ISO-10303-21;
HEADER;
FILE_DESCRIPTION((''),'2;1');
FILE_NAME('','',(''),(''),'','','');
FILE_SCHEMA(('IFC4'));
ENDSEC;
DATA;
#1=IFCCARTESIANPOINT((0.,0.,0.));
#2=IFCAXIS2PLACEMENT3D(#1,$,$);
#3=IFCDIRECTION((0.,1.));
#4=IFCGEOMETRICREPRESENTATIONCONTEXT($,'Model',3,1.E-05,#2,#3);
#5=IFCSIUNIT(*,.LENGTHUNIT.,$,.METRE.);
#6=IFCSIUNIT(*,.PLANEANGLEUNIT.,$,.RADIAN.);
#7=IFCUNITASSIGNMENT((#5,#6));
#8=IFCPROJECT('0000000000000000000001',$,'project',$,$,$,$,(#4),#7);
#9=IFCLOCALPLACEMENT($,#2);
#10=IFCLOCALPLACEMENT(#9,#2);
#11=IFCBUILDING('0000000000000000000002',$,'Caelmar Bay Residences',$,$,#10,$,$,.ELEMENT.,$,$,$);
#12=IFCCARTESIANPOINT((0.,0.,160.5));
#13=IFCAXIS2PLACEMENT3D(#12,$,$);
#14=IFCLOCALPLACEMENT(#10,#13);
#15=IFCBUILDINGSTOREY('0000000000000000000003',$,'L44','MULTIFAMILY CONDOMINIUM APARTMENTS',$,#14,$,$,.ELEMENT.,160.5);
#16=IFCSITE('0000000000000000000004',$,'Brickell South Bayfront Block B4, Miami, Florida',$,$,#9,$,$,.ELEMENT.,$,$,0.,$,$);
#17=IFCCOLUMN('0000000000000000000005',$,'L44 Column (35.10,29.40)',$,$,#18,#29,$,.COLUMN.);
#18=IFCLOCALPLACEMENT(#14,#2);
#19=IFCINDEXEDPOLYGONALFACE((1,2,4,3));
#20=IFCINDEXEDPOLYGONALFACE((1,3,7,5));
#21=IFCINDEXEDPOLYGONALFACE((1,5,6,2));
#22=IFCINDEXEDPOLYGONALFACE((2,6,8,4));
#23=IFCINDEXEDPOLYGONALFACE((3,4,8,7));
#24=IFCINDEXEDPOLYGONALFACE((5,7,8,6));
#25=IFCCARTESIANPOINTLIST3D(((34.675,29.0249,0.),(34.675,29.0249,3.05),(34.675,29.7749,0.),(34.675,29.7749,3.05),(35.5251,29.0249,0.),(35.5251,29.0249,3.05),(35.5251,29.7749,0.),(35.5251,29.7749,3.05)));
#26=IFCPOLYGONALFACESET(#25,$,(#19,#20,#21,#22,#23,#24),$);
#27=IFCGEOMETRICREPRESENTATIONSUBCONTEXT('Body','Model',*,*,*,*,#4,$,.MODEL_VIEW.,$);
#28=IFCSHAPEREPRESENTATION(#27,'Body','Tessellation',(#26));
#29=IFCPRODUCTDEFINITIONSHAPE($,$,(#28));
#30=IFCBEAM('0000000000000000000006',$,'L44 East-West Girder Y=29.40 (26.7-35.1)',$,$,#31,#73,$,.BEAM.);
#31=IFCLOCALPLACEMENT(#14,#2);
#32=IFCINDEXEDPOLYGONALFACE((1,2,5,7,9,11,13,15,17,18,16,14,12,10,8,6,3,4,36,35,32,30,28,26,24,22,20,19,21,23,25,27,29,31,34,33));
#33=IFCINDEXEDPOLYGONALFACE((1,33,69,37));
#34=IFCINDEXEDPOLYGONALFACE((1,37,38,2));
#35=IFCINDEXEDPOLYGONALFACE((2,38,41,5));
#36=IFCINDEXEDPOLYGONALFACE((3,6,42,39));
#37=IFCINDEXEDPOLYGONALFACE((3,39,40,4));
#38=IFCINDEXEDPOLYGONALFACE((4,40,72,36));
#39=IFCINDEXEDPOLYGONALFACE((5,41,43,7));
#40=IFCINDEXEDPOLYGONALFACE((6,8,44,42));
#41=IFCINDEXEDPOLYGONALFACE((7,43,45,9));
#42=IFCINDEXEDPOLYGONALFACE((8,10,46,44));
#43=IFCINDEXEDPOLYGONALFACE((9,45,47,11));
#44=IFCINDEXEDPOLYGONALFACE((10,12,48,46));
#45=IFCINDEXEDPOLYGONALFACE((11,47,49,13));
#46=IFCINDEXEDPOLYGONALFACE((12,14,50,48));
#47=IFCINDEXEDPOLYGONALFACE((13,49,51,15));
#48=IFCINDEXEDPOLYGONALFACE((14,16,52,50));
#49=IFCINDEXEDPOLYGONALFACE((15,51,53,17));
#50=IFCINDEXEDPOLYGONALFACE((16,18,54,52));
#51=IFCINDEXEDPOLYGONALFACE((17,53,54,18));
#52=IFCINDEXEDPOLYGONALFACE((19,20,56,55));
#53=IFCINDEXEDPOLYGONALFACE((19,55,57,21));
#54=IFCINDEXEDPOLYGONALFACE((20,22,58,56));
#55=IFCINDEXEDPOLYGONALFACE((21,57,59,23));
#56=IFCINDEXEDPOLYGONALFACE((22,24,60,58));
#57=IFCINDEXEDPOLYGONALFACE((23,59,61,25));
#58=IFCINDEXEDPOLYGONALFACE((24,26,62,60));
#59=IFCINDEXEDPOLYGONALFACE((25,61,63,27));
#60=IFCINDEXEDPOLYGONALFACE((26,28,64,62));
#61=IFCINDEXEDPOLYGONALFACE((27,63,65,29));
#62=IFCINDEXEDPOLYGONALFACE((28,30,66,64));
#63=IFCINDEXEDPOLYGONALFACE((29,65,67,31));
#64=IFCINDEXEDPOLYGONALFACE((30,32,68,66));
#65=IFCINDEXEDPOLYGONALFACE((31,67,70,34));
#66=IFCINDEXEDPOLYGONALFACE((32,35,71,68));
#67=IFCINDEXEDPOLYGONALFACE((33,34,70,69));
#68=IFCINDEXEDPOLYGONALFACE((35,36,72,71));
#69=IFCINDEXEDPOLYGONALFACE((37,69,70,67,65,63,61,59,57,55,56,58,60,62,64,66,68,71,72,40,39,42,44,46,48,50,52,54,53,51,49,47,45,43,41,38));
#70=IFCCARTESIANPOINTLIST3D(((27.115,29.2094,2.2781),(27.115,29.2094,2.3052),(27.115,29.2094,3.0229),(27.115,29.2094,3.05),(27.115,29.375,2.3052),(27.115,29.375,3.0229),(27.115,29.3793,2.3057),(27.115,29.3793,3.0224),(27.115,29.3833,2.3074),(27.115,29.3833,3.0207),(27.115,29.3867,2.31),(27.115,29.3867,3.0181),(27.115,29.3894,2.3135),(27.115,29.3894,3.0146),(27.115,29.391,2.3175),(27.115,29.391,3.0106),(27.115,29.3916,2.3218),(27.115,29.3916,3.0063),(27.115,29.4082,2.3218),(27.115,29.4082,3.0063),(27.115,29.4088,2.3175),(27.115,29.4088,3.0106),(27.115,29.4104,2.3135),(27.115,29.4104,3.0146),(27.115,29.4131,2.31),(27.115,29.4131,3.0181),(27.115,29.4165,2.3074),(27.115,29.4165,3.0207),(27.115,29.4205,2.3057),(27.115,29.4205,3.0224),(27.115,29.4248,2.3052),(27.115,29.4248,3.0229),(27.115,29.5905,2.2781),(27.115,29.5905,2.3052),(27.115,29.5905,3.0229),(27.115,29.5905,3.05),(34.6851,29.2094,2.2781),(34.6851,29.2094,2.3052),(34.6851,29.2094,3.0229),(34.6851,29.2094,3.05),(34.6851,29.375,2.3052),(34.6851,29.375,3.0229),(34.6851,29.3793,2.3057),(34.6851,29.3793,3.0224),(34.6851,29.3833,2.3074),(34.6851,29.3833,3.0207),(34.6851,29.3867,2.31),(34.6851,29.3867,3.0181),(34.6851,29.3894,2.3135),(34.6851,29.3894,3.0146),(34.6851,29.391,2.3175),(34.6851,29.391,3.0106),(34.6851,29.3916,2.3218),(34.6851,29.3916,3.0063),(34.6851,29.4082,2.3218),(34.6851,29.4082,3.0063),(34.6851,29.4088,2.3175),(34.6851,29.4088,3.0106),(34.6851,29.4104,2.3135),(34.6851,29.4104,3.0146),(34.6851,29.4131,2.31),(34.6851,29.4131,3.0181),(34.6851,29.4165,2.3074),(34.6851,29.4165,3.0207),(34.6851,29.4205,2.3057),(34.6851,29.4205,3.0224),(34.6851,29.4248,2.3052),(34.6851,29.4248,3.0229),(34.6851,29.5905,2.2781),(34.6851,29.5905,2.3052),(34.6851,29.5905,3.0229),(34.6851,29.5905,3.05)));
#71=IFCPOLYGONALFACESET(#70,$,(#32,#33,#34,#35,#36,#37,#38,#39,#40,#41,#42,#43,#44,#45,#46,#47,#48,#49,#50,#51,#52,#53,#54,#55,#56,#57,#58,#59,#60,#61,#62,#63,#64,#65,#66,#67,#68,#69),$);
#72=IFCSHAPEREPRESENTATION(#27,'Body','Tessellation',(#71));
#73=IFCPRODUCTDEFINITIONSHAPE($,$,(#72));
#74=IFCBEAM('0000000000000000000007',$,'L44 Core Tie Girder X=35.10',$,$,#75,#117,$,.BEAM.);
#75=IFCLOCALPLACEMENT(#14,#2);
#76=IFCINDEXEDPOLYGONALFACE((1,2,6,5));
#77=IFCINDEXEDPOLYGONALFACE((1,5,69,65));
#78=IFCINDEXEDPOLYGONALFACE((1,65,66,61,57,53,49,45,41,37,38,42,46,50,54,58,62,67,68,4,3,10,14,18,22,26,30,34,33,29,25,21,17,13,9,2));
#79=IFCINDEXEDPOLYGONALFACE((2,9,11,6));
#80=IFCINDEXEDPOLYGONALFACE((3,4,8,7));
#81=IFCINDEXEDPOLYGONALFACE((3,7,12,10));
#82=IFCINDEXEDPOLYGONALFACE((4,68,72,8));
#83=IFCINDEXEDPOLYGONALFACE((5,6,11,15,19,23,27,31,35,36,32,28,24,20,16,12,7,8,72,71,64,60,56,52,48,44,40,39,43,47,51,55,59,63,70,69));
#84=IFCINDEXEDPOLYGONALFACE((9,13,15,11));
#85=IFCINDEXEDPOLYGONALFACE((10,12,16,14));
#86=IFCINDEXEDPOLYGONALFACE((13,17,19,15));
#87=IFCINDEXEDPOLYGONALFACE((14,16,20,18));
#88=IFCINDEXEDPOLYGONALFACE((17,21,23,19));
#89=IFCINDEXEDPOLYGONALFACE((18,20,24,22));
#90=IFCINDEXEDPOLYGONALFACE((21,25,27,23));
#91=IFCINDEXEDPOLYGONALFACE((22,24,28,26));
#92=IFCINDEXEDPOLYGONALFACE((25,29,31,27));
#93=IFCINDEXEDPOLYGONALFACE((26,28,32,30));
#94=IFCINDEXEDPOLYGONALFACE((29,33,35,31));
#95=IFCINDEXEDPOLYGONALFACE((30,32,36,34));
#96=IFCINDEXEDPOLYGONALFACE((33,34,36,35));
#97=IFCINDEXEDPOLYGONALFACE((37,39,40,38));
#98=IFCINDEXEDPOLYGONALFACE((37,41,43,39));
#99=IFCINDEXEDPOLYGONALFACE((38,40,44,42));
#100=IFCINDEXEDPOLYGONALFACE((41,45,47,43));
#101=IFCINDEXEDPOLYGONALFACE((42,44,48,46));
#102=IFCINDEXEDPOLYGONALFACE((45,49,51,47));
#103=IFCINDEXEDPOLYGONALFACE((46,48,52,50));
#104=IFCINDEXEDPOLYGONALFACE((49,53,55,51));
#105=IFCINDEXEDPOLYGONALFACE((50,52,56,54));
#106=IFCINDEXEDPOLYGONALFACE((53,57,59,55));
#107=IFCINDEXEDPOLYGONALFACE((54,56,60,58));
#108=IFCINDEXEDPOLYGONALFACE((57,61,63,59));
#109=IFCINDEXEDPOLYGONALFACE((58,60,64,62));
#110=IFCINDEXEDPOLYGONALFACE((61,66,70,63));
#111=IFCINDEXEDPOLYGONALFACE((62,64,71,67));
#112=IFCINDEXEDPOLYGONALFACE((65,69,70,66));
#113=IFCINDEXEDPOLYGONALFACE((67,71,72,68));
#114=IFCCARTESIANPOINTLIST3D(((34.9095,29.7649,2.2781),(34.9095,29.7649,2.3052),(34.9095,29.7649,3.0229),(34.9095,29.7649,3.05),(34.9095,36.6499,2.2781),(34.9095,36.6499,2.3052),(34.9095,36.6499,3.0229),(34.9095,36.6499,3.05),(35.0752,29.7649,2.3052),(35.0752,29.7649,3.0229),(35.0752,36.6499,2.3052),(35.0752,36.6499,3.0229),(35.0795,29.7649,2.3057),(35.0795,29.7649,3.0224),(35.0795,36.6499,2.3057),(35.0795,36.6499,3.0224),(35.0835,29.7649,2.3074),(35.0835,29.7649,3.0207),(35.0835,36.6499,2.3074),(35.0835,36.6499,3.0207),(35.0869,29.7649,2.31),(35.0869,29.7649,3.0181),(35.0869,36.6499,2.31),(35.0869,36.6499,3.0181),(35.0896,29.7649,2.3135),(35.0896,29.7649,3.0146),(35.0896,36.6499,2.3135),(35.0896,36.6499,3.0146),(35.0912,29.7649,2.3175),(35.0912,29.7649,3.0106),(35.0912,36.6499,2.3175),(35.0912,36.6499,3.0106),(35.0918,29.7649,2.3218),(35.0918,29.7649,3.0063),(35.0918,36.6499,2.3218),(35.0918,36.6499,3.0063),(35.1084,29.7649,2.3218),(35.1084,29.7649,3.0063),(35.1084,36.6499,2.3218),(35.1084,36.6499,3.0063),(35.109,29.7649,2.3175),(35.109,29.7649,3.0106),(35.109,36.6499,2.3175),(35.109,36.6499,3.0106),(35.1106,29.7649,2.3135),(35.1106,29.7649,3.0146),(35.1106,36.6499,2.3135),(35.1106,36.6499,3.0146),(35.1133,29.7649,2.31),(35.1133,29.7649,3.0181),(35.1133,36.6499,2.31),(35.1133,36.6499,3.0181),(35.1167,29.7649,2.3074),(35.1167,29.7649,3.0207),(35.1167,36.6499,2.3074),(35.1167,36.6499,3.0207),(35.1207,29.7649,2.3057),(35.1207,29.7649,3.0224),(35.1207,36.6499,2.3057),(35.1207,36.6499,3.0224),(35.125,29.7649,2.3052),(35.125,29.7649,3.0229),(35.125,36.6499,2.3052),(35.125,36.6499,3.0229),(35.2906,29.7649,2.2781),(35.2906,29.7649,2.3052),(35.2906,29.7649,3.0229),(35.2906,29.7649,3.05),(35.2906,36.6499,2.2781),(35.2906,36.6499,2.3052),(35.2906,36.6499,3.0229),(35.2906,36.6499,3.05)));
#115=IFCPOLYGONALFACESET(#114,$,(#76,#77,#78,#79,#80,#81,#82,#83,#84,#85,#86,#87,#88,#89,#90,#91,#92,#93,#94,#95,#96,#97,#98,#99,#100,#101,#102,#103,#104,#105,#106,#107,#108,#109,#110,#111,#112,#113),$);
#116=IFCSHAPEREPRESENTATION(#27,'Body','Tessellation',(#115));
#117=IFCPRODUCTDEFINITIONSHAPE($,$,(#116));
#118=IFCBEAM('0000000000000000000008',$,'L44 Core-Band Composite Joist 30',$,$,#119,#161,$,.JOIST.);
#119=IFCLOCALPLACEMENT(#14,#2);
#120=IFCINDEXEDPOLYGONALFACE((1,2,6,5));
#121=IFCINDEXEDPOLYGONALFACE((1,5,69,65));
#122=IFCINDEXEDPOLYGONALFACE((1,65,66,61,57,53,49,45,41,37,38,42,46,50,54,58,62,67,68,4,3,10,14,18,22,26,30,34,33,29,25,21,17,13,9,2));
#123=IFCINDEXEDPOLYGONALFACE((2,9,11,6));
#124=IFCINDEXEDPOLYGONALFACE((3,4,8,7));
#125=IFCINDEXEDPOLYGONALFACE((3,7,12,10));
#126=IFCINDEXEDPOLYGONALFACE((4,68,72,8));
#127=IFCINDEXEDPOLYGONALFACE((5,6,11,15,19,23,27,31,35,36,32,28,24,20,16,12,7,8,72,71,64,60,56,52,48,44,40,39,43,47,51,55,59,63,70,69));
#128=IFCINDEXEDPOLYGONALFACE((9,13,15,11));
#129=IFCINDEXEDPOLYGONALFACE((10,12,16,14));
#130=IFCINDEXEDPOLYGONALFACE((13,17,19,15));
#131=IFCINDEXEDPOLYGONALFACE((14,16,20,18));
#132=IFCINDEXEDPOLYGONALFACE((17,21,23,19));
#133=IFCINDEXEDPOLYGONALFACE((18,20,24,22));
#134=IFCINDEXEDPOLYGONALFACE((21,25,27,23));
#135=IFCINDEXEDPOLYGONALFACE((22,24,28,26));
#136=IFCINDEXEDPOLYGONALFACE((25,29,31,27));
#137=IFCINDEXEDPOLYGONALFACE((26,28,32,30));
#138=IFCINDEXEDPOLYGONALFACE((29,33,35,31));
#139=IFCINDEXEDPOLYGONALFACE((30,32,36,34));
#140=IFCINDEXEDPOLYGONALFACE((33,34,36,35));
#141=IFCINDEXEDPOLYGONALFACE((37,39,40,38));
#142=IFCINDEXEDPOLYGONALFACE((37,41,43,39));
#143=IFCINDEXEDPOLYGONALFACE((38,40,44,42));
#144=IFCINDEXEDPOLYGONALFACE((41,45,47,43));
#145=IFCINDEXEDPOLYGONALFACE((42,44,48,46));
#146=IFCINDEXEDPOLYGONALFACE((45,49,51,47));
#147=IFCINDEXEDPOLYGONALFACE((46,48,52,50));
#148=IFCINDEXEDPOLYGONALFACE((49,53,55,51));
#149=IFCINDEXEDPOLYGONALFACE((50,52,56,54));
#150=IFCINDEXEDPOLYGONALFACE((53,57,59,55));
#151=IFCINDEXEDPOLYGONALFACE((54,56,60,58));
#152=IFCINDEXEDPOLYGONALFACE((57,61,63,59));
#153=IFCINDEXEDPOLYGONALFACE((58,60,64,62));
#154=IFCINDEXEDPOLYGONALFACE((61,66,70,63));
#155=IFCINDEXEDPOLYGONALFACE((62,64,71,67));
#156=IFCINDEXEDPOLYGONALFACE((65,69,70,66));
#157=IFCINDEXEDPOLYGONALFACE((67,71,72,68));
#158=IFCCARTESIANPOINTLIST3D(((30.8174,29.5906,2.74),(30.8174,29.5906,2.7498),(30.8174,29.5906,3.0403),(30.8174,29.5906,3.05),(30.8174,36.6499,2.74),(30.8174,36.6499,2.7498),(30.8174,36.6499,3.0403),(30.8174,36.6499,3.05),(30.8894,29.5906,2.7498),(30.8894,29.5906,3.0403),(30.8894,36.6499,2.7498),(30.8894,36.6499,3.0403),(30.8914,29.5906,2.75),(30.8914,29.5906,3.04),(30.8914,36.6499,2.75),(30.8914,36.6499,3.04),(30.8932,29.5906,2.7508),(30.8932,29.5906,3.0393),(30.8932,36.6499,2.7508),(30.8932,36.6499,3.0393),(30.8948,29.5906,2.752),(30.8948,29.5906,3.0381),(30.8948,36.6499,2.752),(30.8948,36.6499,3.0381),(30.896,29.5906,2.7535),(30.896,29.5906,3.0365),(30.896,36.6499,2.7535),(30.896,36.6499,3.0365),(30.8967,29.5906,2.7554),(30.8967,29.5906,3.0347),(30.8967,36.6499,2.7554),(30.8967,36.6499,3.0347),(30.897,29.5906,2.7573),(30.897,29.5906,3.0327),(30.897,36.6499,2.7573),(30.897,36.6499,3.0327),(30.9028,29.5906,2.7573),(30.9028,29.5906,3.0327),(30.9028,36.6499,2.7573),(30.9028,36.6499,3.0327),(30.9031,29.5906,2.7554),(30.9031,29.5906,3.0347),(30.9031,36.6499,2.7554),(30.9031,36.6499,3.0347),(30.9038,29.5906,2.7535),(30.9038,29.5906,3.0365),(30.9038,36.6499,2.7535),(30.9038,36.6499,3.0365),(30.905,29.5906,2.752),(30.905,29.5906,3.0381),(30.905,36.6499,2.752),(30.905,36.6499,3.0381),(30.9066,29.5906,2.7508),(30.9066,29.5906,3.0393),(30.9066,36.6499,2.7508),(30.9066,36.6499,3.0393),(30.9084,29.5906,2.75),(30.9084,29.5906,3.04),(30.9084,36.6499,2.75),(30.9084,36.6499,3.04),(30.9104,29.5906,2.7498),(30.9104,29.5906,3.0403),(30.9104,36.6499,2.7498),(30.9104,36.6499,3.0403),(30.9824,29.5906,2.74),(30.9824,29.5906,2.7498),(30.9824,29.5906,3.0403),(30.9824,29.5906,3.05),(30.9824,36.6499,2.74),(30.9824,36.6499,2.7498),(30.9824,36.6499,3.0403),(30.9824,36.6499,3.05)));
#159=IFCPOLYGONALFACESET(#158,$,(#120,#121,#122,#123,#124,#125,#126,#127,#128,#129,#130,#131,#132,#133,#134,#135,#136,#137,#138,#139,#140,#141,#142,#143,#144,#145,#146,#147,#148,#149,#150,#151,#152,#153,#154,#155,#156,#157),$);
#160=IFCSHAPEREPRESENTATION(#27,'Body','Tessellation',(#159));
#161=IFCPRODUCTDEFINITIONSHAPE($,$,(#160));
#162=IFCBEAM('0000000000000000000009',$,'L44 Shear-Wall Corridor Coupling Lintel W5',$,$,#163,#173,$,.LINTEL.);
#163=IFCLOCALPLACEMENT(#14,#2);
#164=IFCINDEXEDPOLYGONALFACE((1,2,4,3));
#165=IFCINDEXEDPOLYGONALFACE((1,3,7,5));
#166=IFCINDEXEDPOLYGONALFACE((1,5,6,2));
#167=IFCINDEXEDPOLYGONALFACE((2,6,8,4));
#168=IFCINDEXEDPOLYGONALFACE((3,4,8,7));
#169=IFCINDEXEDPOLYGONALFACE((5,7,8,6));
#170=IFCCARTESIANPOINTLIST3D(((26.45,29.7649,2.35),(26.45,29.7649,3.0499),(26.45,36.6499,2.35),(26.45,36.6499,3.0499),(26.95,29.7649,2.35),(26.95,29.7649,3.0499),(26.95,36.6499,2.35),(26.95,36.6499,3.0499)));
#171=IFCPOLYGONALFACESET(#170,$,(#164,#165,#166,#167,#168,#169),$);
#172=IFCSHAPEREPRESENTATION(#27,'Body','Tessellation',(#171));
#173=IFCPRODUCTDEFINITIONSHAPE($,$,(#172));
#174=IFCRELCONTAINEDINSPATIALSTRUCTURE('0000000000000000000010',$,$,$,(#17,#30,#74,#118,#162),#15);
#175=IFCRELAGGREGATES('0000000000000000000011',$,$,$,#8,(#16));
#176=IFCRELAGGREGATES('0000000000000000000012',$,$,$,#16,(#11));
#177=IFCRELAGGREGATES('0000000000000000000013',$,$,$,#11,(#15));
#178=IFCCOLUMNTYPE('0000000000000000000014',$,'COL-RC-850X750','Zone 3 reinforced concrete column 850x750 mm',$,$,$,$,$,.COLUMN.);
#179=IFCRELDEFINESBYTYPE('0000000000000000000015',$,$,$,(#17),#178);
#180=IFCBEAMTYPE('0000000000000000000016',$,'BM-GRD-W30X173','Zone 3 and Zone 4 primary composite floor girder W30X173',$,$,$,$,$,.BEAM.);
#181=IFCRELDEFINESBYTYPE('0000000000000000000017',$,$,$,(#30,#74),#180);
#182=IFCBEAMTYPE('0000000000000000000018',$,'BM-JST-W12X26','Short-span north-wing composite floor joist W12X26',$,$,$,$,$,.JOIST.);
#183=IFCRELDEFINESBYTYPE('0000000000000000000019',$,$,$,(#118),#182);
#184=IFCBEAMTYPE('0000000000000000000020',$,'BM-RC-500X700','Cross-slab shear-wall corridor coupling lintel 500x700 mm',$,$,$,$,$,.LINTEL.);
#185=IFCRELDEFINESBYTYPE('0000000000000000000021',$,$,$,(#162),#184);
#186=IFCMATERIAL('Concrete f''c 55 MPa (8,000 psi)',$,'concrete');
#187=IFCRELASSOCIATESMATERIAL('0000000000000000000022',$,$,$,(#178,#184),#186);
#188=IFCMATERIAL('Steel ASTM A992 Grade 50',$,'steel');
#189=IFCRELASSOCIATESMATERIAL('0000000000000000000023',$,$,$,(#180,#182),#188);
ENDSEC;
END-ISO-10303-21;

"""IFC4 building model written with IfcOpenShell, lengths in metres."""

from ifc_helpers import new_model, si_unit, direction, frame, origin, origin_2d, place, context, subcontext, project, spatial, rectangle, i_section, extrude, material, material_profile, profile_set, type_object, element, save


model = new_model("IFC4")

# Units and contexts
model_context = context("Model", 3, precision=1e-05, world=origin(), true_north=direction((0.0, 1.0)))
body_context = subcontext(model_context, "Body", "Model", "MODEL_VIEW")
ifc_project = project(units=[si_unit("LENGTHUNIT", "METRE"), si_unit("PLANEANGLEUNIT", "RADIAN")], contexts=[model_context])

# Site, building, storey
site_placement = place(None, origin())
site = spatial("IfcSite", under=ifc_project, at=site_placement, Name="Brickell South Bayfront Block B4, Miami, Florida", CompositionType="ELEMENT", RefElevation=0.0)
building_placement = place(site_placement, origin())
building = spatial("IfcBuilding", under=site, at=building_placement, Name="Caelmar Bay Residences", CompositionType="ELEMENT")
storey_placement = place(building_placement, frame((0.0, 0.0, 160.5)))
storey = spatial("IfcBuildingStorey", under=building, at=storey_placement, Name="L44", Description="MULTIFAMILY CONDOMINIUM APARTMENTS", CompositionType="ELEMENT", Elevation=160.5)

# Column
ifc_material_1 = material(Name="Concrete f'c 55 MPa (8,000 psi)", Category="concrete")
ifc_material_profile_1 = material_profile(ifc_material_1, rectangle(XDim=0.8501, YDim=0.75, at=origin_2d()), Name="RC-COL-850X750")
ifc_profile_set_1 = profile_set([ifc_material_profile_1], Name="Concrete f'c 55 MPa (8,000 psi)")
column_type = type_object("IfcColumnType", Name="COL-RC-850X750", Description="Zone 3 reinforced concrete column 850x750 mm", PredefinedType="COLUMN", material=ifc_profile_set_1)
column_placement = place(storey_placement, frame((35.1001, 29.3999, 0.0), z_axis=(0.0, 0.0, 1.0), x_axis=(1.0, 0.0, 0.0)))
element("IfcColumn", 1, at=column_placement, inside=storey, type_object=column_type, Name="L44 Column (35.10,29.40)", PredefinedType="COLUMN", context=body_context, shape_type="SweptSolid", body=[
    extrude(rectangle(XDim=0.8501, YDim=0.75, at=origin_2d()), origin(), (0.0, 0.0, 1.0), 3.05),
])

# Beams
ifc_material_2 = material(Name="Steel ASTM A992 Grade 50", Category="steel")
ifc_material_profile_2 = material_profile(ifc_material_2, i_section(OverallWidth=0.3811, OverallDepth=0.772, WebThickness=0.0166, FlangeThickness=0.0271, FilletRadius=0.0166, at=origin_2d()), Name="W30X173")
ifc_profile_set_2 = profile_set([ifc_material_profile_2], Name="Steel ASTM A992 Grade 50")
beam_type_1 = type_object("IfcBeamType", Name="BM-GRD-W30X173", Description="Zone 3 and Zone 4 primary composite floor girder W30X173", PredefinedType="BEAM", material=ifc_profile_set_2)
beam_1_placement = place(storey_placement, frame((27.115, 29.3999, 2.6641), z_axis=(1.0, 0.0, 0.0), x_axis=(0.0, 1.0, 0.0)))
element("IfcBeam", 2, at=beam_1_placement, inside=storey, type_object=beam_type_1, Name="L44 East-West Girder Y=29.40 (26.7-35.1)", PredefinedType="BEAM", context=body_context, shape_type="SweptSolid", body=[
    extrude(i_section(OverallWidth=0.3811, OverallDepth=0.772, WebThickness=0.0166, FlangeThickness=0.0271, FilletRadius=0.0166, at=origin_2d()), origin(), (0.0, 0.0, 1.0), 7.5701),
])
beam_2_placement = place(storey_placement, frame((35.1001, 29.7649, 2.6641), z_axis=(0.0, 1.0, 0.0), x_axis=(-1.0, 0.0, 0.0)))
element("IfcBeam", 3, at=beam_2_placement, inside=storey, type_object=beam_type_1, Name="L44 Core Tie Girder X=35.10", PredefinedType="BEAM", context=body_context, shape_type="SweptSolid", body=[
    extrude(i_section(OverallWidth=0.3811, OverallDepth=0.772, WebThickness=0.0166, FlangeThickness=0.0271, FilletRadius=0.0166, at=origin_2d()), origin(), (0.0, 0.0, 1.0), 6.885),
])
ifc_material_profile_3 = material_profile(ifc_material_2, i_section(OverallWidth=0.165, OverallDepth=0.3101, WebThickness=0.0059, FlangeThickness=0.0098, FilletRadius=0.0076, at=origin_2d()), Name="W12X26")
ifc_profile_set_3 = profile_set([ifc_material_profile_3], Name="Steel ASTM A992 Grade 50")
beam_type_2 = type_object("IfcBeamType", Name="BM-JST-W12X26", Description="Short-span north-wing composite floor joist W12X26", PredefinedType="JOIST", material=ifc_profile_set_3)
beam_3_placement = place(storey_placement, frame((30.8999, 29.5906, 2.895), z_axis=(0.0, 1.0, 0.0), x_axis=(-1.0, 0.0, 0.0)))
element("IfcBeam", 4, at=beam_3_placement, inside=storey, type_object=beam_type_2, Name="L44 Core-Band Composite Joist 30", PredefinedType="JOIST", context=body_context, shape_type="SweptSolid", body=[
    extrude(i_section(OverallWidth=0.165, OverallDepth=0.3101, WebThickness=0.0059, FlangeThickness=0.0098, FilletRadius=0.0076, at=origin_2d()), origin(), (0.0, 0.0, 1.0), 7.0593),
])
ifc_material_profile_4 = material_profile(ifc_material_1, rectangle(XDim=0.5, YDim=0.7, at=origin_2d()), Name="RC-BM-500X700")
ifc_profile_set_4 = profile_set([ifc_material_profile_4], Name="Concrete f'c 55 MPa (8,000 psi)")
beam_type_3 = type_object("IfcBeamType", Name="BM-RC-500X700", Description="Cross-slab shear-wall corridor coupling lintel 500x700 mm", PredefinedType="LINTEL", material=ifc_profile_set_4)
beam_4_placement = place(storey_placement, frame((26.7, 29.7649, 2.7), z_axis=(0.0, 1.0, 0.0), x_axis=(-1.0, 0.0, 0.0)))
element("IfcBeam", 5, at=beam_4_placement, inside=storey, type_object=beam_type_3, Name="L44 Shear-Wall Corridor Coupling Lintel W5", PredefinedType="LINTEL", context=body_context, shape_type="SweptSolid", body=[
    extrude(rectangle(XDim=0.5, YDim=0.7, at=origin_2d()), origin(), (0.0, 0.0, 1.0), 6.885),
])

save(model, "model.ifc")
